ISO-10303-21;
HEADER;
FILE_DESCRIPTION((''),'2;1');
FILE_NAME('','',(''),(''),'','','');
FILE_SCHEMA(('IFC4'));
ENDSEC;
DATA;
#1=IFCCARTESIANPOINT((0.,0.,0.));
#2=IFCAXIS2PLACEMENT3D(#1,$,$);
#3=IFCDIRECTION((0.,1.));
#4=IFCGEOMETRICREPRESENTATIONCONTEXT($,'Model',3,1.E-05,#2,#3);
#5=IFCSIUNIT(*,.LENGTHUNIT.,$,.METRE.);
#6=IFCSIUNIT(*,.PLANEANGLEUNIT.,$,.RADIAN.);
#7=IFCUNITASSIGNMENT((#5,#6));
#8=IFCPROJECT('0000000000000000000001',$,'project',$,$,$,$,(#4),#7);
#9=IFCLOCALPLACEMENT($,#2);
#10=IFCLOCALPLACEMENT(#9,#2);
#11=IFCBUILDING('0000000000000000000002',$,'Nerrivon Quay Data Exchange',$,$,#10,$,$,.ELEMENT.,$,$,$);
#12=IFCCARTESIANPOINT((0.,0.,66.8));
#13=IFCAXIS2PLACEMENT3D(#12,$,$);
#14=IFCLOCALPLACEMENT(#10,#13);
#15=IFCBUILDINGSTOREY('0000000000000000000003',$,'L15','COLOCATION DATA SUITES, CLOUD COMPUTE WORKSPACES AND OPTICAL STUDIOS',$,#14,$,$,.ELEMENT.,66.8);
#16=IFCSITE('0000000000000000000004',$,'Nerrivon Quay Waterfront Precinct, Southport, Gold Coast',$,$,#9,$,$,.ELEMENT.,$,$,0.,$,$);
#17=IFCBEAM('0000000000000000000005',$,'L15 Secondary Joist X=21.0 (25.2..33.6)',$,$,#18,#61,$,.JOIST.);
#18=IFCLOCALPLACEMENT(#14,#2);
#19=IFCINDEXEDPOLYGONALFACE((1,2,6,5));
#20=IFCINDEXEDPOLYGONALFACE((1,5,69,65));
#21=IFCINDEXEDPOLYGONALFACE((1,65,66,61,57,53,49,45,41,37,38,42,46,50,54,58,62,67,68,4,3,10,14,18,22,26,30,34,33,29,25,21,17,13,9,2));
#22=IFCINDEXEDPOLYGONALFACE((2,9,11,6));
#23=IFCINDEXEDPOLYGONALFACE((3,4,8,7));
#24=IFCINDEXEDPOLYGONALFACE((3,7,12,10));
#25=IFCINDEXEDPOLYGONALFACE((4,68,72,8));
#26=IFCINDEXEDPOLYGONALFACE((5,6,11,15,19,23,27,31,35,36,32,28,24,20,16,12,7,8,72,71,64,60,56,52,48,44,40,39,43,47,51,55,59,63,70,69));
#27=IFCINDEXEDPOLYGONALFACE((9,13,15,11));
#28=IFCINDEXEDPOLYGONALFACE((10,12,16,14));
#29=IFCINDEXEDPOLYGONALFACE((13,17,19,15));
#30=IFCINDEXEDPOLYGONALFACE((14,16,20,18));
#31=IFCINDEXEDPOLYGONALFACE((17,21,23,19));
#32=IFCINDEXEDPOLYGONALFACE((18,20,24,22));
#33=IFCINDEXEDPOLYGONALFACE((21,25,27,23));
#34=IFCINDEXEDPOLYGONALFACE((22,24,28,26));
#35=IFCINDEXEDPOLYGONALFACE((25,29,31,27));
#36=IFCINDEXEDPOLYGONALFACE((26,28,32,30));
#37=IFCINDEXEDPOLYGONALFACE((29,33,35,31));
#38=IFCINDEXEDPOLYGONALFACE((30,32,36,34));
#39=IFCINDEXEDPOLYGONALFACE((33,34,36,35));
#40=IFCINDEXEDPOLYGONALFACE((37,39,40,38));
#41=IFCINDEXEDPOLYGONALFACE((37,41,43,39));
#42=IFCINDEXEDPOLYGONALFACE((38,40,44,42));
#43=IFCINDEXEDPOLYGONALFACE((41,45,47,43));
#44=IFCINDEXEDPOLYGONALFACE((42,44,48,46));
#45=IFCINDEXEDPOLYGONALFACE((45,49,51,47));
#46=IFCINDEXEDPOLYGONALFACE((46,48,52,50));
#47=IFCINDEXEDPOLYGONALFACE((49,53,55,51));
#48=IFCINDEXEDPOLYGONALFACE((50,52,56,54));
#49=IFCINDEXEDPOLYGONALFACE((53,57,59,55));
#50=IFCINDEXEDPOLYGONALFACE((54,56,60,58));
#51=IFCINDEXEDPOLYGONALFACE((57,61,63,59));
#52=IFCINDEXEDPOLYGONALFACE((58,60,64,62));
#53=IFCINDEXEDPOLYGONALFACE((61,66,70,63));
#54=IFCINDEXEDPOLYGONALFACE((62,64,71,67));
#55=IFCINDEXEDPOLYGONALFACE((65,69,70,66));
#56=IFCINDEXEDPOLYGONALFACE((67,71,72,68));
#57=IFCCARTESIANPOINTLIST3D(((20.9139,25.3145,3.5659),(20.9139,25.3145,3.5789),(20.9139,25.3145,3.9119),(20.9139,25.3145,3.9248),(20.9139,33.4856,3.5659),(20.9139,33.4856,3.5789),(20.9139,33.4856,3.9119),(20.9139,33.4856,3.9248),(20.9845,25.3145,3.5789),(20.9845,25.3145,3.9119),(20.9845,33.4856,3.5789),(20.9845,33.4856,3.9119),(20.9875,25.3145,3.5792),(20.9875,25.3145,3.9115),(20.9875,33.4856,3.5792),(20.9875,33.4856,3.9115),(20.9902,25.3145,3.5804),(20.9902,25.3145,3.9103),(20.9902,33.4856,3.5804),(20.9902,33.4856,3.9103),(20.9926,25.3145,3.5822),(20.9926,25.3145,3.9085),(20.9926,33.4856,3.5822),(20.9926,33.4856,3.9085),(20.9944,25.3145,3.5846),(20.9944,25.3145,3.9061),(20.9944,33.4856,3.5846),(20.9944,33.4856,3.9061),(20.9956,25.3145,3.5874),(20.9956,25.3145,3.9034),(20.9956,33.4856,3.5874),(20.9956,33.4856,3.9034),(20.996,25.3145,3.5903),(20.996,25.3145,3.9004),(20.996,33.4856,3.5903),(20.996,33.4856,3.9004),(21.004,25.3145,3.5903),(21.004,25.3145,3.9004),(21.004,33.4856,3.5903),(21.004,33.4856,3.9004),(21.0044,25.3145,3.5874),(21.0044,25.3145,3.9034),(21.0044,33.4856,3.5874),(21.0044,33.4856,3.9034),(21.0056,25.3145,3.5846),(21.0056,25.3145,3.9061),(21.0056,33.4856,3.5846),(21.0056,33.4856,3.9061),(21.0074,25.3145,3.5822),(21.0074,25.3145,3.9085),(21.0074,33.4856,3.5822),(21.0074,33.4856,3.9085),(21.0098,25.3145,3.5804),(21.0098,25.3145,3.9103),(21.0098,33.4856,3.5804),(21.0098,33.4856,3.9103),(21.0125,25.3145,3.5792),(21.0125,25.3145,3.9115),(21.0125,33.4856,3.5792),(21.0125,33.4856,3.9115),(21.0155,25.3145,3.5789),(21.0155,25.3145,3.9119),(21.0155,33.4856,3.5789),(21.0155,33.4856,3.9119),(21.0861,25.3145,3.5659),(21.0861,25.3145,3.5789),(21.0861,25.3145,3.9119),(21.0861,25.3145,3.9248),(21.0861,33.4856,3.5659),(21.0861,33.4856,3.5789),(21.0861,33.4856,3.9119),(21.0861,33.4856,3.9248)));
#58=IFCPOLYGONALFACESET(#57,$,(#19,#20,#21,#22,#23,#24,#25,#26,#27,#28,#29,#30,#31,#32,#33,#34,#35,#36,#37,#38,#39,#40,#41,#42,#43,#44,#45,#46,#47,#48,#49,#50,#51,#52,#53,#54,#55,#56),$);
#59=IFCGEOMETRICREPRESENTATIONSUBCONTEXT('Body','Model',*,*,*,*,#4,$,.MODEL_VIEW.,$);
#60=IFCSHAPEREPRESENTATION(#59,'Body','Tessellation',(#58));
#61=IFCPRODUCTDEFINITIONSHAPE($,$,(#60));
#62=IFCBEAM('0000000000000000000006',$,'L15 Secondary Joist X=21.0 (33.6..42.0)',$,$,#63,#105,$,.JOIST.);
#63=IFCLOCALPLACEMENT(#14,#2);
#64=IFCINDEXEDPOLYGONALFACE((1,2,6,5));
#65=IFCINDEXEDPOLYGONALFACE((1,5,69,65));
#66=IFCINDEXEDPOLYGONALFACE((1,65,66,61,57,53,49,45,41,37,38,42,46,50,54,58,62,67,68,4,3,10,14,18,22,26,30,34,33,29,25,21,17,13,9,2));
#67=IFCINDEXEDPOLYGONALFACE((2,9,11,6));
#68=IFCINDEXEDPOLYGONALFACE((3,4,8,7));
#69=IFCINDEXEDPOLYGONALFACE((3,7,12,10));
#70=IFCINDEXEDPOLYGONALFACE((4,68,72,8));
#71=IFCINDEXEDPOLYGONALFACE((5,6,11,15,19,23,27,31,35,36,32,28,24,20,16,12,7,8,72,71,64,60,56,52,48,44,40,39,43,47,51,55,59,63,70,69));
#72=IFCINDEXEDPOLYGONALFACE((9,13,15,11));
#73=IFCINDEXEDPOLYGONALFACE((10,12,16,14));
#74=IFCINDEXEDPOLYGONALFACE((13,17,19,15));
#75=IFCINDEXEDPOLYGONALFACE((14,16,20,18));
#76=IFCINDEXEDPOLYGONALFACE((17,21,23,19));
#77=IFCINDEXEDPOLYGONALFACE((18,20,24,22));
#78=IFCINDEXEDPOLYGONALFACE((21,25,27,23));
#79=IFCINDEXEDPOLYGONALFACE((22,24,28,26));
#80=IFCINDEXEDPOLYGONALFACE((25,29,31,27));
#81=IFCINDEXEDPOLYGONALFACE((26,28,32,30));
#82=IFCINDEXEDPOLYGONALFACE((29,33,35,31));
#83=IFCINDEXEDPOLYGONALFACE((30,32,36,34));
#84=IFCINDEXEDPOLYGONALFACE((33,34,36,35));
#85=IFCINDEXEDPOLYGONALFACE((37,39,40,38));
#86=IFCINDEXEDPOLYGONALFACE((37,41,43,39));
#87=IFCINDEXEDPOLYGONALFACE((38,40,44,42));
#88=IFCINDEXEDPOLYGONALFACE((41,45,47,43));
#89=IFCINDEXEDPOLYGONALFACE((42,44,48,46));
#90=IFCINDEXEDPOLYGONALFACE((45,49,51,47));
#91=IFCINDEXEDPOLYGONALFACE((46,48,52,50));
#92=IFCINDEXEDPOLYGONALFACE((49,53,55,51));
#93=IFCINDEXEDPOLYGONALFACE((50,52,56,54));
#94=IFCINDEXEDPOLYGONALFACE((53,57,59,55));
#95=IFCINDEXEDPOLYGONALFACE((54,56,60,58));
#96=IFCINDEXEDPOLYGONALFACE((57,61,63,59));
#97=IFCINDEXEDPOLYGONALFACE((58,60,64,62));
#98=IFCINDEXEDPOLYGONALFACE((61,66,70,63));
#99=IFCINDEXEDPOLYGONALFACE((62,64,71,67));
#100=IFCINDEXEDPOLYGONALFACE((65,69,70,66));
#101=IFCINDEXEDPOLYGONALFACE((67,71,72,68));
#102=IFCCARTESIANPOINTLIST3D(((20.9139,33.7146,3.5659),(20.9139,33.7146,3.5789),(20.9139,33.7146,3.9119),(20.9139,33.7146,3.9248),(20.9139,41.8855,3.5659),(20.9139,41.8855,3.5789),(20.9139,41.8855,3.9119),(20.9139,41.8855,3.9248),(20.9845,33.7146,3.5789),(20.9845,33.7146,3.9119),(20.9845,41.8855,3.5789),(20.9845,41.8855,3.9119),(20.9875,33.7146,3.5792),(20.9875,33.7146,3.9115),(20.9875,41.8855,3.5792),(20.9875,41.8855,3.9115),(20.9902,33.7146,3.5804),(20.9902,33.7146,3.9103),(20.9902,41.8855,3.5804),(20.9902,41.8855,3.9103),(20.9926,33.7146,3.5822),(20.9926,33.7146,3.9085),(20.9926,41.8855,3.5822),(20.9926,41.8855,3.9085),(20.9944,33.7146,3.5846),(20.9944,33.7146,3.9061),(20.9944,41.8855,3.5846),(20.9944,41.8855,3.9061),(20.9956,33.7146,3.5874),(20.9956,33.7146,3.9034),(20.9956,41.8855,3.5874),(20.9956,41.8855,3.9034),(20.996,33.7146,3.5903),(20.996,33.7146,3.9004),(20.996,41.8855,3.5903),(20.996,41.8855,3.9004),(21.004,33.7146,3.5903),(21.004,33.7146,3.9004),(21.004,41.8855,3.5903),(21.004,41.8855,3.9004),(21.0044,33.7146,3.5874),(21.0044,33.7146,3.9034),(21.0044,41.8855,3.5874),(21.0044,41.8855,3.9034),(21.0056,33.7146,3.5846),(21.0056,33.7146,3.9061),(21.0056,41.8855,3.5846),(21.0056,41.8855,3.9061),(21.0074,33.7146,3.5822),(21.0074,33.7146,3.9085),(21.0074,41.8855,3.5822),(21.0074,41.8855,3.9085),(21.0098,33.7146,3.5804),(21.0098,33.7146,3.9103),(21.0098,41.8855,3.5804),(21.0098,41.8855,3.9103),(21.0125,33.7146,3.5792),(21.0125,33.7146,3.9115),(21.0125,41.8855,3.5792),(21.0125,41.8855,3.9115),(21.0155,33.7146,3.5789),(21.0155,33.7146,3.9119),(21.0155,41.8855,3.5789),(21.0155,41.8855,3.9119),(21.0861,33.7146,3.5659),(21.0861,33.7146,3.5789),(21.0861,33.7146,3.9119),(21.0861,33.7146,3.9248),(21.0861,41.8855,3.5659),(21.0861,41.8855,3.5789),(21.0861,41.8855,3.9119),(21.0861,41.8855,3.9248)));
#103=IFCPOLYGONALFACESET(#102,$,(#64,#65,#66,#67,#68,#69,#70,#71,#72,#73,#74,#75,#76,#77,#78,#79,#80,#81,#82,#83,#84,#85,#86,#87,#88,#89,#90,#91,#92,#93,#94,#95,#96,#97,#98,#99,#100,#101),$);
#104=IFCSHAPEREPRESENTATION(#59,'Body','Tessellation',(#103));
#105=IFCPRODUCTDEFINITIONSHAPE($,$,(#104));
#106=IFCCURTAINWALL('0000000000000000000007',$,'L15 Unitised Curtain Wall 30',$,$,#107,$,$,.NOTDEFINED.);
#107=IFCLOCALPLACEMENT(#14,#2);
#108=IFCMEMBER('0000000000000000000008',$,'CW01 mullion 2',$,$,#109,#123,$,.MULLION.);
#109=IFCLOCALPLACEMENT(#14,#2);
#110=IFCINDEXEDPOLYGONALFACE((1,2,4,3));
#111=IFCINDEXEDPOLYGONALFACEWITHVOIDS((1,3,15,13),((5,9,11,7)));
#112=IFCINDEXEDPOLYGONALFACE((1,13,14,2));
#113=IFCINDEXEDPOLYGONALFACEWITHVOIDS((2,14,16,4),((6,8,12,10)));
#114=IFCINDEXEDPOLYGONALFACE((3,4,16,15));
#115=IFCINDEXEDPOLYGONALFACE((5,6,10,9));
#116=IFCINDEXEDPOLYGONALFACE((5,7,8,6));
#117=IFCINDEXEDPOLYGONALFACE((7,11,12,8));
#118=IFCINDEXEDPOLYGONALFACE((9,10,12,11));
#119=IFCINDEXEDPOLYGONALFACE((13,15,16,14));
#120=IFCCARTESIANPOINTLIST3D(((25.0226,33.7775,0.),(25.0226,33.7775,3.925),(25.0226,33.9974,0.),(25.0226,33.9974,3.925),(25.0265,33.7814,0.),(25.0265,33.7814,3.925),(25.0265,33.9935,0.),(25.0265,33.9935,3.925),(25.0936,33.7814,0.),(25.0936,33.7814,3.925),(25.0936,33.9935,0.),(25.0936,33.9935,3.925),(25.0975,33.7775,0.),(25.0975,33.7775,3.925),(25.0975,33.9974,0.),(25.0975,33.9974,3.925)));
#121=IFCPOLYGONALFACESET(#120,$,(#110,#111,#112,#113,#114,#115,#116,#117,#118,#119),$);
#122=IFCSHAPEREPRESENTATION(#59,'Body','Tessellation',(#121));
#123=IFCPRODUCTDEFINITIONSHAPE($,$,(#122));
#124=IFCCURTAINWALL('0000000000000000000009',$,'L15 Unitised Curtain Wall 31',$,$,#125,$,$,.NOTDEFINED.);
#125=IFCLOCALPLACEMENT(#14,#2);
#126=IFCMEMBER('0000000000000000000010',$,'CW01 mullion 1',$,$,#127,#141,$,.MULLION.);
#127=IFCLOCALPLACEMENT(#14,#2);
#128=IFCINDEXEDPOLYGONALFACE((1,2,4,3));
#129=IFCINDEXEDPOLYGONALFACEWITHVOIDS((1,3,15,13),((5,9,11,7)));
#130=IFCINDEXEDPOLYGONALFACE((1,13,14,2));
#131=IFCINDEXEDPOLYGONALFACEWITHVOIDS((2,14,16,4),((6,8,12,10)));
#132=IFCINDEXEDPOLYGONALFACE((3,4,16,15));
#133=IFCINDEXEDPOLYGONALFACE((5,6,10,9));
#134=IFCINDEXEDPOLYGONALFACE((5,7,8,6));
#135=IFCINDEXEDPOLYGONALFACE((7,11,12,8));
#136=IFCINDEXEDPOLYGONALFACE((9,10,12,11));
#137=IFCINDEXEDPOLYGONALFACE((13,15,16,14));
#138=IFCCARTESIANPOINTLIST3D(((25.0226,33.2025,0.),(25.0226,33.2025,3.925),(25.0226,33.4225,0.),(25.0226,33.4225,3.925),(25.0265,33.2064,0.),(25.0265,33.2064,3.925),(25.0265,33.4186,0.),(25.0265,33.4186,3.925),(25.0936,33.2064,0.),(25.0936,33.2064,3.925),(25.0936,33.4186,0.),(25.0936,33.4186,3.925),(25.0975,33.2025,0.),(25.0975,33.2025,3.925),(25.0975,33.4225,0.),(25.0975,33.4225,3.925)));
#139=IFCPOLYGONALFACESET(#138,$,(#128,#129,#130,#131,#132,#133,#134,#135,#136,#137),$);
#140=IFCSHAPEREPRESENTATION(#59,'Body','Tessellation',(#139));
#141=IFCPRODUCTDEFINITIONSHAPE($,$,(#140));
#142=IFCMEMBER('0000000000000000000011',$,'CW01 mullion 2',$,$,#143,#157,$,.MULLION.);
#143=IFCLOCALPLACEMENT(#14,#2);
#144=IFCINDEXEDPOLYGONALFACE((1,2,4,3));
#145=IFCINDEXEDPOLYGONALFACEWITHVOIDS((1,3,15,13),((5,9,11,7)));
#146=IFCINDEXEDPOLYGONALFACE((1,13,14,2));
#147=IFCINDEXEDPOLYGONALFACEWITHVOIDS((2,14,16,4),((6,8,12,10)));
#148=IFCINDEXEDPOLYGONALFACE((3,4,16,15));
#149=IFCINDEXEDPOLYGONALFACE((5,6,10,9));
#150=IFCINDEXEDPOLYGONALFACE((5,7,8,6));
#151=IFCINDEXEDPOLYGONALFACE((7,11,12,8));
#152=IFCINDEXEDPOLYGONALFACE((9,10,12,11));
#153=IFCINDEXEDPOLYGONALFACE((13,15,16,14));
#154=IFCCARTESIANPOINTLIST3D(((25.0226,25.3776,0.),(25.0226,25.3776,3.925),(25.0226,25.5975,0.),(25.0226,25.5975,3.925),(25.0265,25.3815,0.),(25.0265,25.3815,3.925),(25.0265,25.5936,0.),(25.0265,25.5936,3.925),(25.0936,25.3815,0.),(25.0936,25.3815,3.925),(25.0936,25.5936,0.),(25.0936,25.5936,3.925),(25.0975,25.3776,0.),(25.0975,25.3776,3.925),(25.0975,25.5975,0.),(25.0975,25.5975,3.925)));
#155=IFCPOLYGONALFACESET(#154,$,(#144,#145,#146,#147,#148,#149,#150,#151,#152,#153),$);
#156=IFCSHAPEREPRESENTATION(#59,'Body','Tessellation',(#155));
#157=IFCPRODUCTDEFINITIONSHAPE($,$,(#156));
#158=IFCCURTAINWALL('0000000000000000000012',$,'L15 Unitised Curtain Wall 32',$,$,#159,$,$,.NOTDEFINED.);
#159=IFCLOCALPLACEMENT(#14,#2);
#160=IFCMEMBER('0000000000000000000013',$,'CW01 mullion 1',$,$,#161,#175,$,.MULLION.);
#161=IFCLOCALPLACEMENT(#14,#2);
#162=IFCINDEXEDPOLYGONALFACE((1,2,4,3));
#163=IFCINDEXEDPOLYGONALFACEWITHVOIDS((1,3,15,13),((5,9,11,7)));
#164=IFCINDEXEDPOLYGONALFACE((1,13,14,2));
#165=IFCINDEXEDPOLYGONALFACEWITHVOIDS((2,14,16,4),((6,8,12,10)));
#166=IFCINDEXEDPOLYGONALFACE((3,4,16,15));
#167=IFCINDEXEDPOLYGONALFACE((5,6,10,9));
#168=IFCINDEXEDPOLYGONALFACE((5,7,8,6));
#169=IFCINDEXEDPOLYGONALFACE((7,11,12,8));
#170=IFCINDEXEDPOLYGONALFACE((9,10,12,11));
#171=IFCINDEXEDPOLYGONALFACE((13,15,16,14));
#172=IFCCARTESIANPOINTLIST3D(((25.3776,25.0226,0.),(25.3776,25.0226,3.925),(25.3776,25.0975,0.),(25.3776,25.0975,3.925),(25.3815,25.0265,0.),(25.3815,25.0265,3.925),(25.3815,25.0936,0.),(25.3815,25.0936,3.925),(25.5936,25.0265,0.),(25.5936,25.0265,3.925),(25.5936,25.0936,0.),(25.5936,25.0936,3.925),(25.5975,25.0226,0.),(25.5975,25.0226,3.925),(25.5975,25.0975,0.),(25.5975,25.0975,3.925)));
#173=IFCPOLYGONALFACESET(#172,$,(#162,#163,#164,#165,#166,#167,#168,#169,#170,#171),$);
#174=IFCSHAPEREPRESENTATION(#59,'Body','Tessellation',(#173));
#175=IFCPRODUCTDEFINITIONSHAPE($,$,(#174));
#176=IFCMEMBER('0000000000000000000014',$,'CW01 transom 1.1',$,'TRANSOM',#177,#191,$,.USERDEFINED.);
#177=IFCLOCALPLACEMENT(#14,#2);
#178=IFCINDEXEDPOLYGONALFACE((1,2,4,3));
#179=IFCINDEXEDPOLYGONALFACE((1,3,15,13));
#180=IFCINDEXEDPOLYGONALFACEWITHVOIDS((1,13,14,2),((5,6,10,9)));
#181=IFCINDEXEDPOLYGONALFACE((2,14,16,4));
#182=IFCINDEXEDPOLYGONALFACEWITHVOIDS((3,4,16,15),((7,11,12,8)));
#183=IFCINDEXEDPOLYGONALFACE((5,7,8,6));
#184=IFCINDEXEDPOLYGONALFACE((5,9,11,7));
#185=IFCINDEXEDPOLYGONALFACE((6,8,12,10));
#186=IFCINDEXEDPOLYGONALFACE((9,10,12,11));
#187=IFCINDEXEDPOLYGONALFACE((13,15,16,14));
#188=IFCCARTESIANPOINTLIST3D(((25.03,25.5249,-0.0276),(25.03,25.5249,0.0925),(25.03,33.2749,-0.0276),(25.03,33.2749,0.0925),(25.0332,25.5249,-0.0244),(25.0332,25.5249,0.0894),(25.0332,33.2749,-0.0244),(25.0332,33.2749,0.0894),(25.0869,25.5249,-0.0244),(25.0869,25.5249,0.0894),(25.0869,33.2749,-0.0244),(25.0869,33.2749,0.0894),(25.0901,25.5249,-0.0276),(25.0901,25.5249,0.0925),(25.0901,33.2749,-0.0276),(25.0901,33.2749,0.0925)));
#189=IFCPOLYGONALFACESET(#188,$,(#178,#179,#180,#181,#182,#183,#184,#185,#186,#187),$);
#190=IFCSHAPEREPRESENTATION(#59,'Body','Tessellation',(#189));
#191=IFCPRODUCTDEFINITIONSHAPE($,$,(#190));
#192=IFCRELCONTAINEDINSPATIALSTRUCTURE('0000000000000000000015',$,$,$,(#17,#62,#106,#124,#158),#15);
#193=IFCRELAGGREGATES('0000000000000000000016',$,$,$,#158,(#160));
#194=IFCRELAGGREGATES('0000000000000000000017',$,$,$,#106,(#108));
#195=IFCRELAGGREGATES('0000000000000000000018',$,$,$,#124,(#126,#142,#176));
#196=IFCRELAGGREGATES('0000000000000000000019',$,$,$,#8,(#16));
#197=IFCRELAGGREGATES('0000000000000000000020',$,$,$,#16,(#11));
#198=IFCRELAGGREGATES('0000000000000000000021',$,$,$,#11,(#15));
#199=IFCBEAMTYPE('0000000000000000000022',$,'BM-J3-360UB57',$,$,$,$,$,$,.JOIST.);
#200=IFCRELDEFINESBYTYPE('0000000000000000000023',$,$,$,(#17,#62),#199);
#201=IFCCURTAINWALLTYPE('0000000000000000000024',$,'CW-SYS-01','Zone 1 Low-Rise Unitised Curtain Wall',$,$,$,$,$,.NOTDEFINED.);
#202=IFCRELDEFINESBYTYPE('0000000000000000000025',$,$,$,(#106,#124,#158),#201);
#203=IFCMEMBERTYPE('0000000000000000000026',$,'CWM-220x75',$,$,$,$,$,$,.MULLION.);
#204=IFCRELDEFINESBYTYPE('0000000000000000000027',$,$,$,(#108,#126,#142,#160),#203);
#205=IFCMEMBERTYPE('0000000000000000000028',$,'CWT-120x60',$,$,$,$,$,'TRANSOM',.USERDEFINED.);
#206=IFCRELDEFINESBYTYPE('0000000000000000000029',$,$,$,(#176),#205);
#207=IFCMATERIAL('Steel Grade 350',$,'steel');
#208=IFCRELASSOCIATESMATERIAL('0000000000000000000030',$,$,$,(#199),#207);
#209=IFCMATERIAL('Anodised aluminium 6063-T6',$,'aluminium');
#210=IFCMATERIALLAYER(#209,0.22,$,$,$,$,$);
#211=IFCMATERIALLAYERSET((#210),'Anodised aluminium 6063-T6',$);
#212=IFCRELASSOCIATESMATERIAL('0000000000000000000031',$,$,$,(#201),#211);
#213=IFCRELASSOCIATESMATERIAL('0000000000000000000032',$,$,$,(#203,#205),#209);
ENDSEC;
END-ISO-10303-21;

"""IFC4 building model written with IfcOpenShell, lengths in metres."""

from ifc_helpers import new_model, si_unit, direction, frame, origin, origin_2d, place, context, subcontext, project, spatial, hollow_rectangle, i_section, extrude, material, layer, layer_set, material_profile, profile_set, type_object, element, aggregate, save


model = new_model("IFC4")

# Units and contexts
model_context = context("Model", 3, precision=1e-05, world=origin(), true_north=direction((0.0, 1.0)))
body_context = subcontext(model_context, "Body", "Model", "MODEL_VIEW")
ifc_project = project(units=[si_unit("LENGTHUNIT", "METRE"), si_unit("PLANEANGLEUNIT", "RADIAN")], contexts=[model_context])

# Site, building, storey
site_placement = place(None, origin())
site = spatial("IfcSite", under=ifc_project, at=site_placement, Name="Nerrivon Quay Waterfront Precinct, Southport, Gold Coast", CompositionType="ELEMENT", RefElevation=0.0)
building_placement = place(site_placement, origin())
building = spatial("IfcBuilding", under=site, at=building_placement, Name="Nerrivon Quay Data Exchange", CompositionType="ELEMENT")
storey_placement = place(building_placement, frame((0.0, 0.0, 66.8)))
storey = spatial("IfcBuildingStorey", under=building, at=storey_placement, Name="L15", Description="COLOCATION DATA SUITES, CLOUD COMPUTE WORKSPACES AND OPTICAL STUDIOS", CompositionType="ELEMENT", Elevation=66.8)

# Shared definitions
ifc_material_1 = material(Name="Steel Grade 350", Category="steel")

# Beams
ifc_material_profile_1 = material_profile(ifc_material_1, i_section(OverallWidth=0.1721, OverallDepth=0.3589, WebThickness=0.0081, FlangeThickness=0.0129, FilletRadius=0.0115, at=origin_2d()), Name="360UB56.7")
ifc_profile_set_1 = profile_set([ifc_material_profile_1], Name="Steel Grade 350")
beam_type_1 = type_object("IfcBeamType", Name="BM-J3-360UB57", PredefinedType="JOIST", material=ifc_profile_set_1)
beam_1_placement = place(storey_placement, frame((21.0, 25.3145, 3.7454), z_axis=(0.0, 1.0, 0.0), x_axis=(-1.0, 0.0, 0.0)))
element("IfcBeam", 1, at=beam_1_placement, inside=storey, type_object=beam_type_1, Name="L15 Secondary Joist X=21.0 (25.2..33.6)", PredefinedType="JOIST", context=body_context, shape_type="SweptSolid", body=[
    extrude(i_section(OverallWidth=0.1721, OverallDepth=0.3589, WebThickness=0.0081, FlangeThickness=0.0129, FilletRadius=0.0115, at=origin_2d()), origin(), (0.0, 0.0, 1.0), 8.1711),
])
beam_2_placement = place(storey_placement, frame((21.0, 33.7146, 3.7454), z_axis=(0.0, 1.0, 0.0), x_axis=(-1.0, 0.0, 0.0)))
element("IfcBeam", 2, at=beam_2_placement, inside=storey, type_object=beam_type_1, Name="L15 Secondary Joist X=21.0 (33.6..42.0)", PredefinedType="JOIST", context=body_context, shape_type="SweptSolid", body=[
    extrude(i_section(OverallWidth=0.1721, OverallDepth=0.3589, WebThickness=0.0081, FlangeThickness=0.0129, FilletRadius=0.0115, at=origin_2d()), origin(), (0.0, 0.0, 1.0), 8.1709),
])

# Curtain wall, member
ifc_material_2 = material(Name="Anodised aluminium 6063-T6", Category="aluminium")
ifc_layer_1 = layer(ifc_material_2, 0.22)
ifc_layer_set_1 = layer_set([ifc_layer_1], Name="Anodised aluminium 6063-T6")
curtain_wall_type = type_object("IfcCurtainWallType", Name="CW-SYS-01", Description="Zone 1 Low-Rise Unitised Curtain Wall", PredefinedType="NOTDEFINED", material=ifc_layer_set_1)
curtain_wall_1_placement = place(storey_placement, origin())
curtain_wall_1 = element("IfcCurtainWall", 3, at=curtain_wall_1_placement, inside=storey, type_object=curtain_wall_type, Name="L15 Unitised Curtain Wall 30", PredefinedType="NOTDEFINED")
ifc_material_profile_2 = material_profile(ifc_material_2, hollow_rectangle(XDim=0.075, YDim=0.22, WallThickness=0.0039, at=origin_2d()), Name="ALU-MULL-220x75")
ifc_profile_set_2 = profile_set([ifc_material_profile_2], Name="Anodised aluminium 6063-T6")
member_type_1 = type_object("IfcMemberType", Name="CWM-220x75", PredefinedType="MULLION", material=ifc_profile_set_2)
member_1_placement = place(storey_placement, frame((25.0601, 33.8875, 0.0), z_axis=(0.0, 0.0, 1.0), x_axis=(1.0, 0.0, 0.0)))
member_1 = element("IfcMember", 4, at=member_1_placement, type_object=member_type_1, Name="CW01 mullion 2", PredefinedType="MULLION", context=body_context, shape_type="SweptSolid", body=[
    extrude(hollow_rectangle(XDim=0.075, YDim=0.22, WallThickness=0.0039, at=origin_2d()), origin(), (0.0, 0.0, 1.0), 3.925),
])

# Curtain wall, members
curtain_wall_2_placement = place(storey_placement, origin())
curtain_wall_2 = element("IfcCurtainWall", 5, at=curtain_wall_2_placement, inside=storey, type_object=curtain_wall_type, Name="L15 Unitised Curtain Wall 31", PredefinedType="NOTDEFINED")
member_2_placement = place(storey_placement, frame((25.0601, 33.3125, 0.0), z_axis=(0.0, 0.0, 1.0), x_axis=(1.0, 0.0, 0.0)))
member_2 = element("IfcMember", 6, at=member_2_placement, type_object=member_type_1, Name="CW01 mullion 1", PredefinedType="MULLION", context=body_context, shape_type="SweptSolid", body=[
    extrude(hollow_rectangle(XDim=0.075, YDim=0.22, WallThickness=0.0039, at=origin_2d()), origin(), (0.0, 0.0, 1.0), 3.925),
])
member_3_placement = place(storey_placement, frame((25.0601, 25.4875, 0.0), z_axis=(0.0, 0.0, 1.0), x_axis=(1.0, 0.0, 0.0)))
member_3 = element("IfcMember", 7, at=member_3_placement, type_object=member_type_1, Name="CW01 mullion 2", PredefinedType="MULLION", context=body_context, shape_type="SweptSolid", body=[
    extrude(hollow_rectangle(XDim=0.075, YDim=0.22, WallThickness=0.0039, at=origin_2d()), origin(), (0.0, 0.0, 1.0), 3.925),
])

# Curtain wall, member
curtain_wall_3_placement = place(storey_placement, origin())
curtain_wall_3 = element("IfcCurtainWall", 8, at=curtain_wall_3_placement, inside=storey, type_object=curtain_wall_type, Name="L15 Unitised Curtain Wall 32", PredefinedType="NOTDEFINED")
member_4_placement = place(storey_placement, frame((25.4875, 25.0601, 0.0), z_axis=(0.0, 0.0, 1.0), x_axis=(0.0, 1.0, 0.0)))
member_4 = element("IfcMember", 9, at=member_4_placement, type_object=member_type_1, Name="CW01 mullion 1", PredefinedType="MULLION", context=body_context, shape_type="SweptSolid", body=[
    extrude(hollow_rectangle(XDim=0.075, YDim=0.22, WallThickness=0.0039, at=origin_2d()), origin(), (0.0, 0.0, 1.0), 3.925),
])

# Member
ifc_material_profile_3 = material_profile(ifc_material_2, hollow_rectangle(XDim=0.0601, YDim=0.1201, WallThickness=0.0032, at=origin_2d()), Name="ALU-TRAN-120x60")
ifc_profile_set_3 = profile_set([ifc_material_profile_3], Name="Anodised aluminium 6063-T6")
member_type_2 = type_object("IfcMemberType", Name="CWT-120x60", ElementType="TRANSOM", PredefinedType="USERDEFINED", material=ifc_profile_set_3)
member_5_placement = place(storey_placement, frame((25.0601, 33.2749, 0.0325), z_axis=(0.0, -1.0, 0.0), x_axis=(1.0, 0.0, 0.0)))
member_5 = element("IfcMember", 10, at=member_5_placement, type_object=member_type_2, Name="CW01 transom 1.1", ObjectType="TRANSOM", PredefinedType="USERDEFINED", context=body_context, shape_type="SweptSolid", body=[
    extrude(hollow_rectangle(XDim=0.0601, YDim=0.1201, WallThickness=0.0032, at=origin_2d()), origin(), (0.0, 0.0, 1.0), 7.75),
])
aggregate(curtain_wall_3, [member_4])

aggregate(curtain_wall_1, [member_1])
aggregate(curtain_wall_2, [member_2, member_3, member_5])

save(model, "model.ifc")
